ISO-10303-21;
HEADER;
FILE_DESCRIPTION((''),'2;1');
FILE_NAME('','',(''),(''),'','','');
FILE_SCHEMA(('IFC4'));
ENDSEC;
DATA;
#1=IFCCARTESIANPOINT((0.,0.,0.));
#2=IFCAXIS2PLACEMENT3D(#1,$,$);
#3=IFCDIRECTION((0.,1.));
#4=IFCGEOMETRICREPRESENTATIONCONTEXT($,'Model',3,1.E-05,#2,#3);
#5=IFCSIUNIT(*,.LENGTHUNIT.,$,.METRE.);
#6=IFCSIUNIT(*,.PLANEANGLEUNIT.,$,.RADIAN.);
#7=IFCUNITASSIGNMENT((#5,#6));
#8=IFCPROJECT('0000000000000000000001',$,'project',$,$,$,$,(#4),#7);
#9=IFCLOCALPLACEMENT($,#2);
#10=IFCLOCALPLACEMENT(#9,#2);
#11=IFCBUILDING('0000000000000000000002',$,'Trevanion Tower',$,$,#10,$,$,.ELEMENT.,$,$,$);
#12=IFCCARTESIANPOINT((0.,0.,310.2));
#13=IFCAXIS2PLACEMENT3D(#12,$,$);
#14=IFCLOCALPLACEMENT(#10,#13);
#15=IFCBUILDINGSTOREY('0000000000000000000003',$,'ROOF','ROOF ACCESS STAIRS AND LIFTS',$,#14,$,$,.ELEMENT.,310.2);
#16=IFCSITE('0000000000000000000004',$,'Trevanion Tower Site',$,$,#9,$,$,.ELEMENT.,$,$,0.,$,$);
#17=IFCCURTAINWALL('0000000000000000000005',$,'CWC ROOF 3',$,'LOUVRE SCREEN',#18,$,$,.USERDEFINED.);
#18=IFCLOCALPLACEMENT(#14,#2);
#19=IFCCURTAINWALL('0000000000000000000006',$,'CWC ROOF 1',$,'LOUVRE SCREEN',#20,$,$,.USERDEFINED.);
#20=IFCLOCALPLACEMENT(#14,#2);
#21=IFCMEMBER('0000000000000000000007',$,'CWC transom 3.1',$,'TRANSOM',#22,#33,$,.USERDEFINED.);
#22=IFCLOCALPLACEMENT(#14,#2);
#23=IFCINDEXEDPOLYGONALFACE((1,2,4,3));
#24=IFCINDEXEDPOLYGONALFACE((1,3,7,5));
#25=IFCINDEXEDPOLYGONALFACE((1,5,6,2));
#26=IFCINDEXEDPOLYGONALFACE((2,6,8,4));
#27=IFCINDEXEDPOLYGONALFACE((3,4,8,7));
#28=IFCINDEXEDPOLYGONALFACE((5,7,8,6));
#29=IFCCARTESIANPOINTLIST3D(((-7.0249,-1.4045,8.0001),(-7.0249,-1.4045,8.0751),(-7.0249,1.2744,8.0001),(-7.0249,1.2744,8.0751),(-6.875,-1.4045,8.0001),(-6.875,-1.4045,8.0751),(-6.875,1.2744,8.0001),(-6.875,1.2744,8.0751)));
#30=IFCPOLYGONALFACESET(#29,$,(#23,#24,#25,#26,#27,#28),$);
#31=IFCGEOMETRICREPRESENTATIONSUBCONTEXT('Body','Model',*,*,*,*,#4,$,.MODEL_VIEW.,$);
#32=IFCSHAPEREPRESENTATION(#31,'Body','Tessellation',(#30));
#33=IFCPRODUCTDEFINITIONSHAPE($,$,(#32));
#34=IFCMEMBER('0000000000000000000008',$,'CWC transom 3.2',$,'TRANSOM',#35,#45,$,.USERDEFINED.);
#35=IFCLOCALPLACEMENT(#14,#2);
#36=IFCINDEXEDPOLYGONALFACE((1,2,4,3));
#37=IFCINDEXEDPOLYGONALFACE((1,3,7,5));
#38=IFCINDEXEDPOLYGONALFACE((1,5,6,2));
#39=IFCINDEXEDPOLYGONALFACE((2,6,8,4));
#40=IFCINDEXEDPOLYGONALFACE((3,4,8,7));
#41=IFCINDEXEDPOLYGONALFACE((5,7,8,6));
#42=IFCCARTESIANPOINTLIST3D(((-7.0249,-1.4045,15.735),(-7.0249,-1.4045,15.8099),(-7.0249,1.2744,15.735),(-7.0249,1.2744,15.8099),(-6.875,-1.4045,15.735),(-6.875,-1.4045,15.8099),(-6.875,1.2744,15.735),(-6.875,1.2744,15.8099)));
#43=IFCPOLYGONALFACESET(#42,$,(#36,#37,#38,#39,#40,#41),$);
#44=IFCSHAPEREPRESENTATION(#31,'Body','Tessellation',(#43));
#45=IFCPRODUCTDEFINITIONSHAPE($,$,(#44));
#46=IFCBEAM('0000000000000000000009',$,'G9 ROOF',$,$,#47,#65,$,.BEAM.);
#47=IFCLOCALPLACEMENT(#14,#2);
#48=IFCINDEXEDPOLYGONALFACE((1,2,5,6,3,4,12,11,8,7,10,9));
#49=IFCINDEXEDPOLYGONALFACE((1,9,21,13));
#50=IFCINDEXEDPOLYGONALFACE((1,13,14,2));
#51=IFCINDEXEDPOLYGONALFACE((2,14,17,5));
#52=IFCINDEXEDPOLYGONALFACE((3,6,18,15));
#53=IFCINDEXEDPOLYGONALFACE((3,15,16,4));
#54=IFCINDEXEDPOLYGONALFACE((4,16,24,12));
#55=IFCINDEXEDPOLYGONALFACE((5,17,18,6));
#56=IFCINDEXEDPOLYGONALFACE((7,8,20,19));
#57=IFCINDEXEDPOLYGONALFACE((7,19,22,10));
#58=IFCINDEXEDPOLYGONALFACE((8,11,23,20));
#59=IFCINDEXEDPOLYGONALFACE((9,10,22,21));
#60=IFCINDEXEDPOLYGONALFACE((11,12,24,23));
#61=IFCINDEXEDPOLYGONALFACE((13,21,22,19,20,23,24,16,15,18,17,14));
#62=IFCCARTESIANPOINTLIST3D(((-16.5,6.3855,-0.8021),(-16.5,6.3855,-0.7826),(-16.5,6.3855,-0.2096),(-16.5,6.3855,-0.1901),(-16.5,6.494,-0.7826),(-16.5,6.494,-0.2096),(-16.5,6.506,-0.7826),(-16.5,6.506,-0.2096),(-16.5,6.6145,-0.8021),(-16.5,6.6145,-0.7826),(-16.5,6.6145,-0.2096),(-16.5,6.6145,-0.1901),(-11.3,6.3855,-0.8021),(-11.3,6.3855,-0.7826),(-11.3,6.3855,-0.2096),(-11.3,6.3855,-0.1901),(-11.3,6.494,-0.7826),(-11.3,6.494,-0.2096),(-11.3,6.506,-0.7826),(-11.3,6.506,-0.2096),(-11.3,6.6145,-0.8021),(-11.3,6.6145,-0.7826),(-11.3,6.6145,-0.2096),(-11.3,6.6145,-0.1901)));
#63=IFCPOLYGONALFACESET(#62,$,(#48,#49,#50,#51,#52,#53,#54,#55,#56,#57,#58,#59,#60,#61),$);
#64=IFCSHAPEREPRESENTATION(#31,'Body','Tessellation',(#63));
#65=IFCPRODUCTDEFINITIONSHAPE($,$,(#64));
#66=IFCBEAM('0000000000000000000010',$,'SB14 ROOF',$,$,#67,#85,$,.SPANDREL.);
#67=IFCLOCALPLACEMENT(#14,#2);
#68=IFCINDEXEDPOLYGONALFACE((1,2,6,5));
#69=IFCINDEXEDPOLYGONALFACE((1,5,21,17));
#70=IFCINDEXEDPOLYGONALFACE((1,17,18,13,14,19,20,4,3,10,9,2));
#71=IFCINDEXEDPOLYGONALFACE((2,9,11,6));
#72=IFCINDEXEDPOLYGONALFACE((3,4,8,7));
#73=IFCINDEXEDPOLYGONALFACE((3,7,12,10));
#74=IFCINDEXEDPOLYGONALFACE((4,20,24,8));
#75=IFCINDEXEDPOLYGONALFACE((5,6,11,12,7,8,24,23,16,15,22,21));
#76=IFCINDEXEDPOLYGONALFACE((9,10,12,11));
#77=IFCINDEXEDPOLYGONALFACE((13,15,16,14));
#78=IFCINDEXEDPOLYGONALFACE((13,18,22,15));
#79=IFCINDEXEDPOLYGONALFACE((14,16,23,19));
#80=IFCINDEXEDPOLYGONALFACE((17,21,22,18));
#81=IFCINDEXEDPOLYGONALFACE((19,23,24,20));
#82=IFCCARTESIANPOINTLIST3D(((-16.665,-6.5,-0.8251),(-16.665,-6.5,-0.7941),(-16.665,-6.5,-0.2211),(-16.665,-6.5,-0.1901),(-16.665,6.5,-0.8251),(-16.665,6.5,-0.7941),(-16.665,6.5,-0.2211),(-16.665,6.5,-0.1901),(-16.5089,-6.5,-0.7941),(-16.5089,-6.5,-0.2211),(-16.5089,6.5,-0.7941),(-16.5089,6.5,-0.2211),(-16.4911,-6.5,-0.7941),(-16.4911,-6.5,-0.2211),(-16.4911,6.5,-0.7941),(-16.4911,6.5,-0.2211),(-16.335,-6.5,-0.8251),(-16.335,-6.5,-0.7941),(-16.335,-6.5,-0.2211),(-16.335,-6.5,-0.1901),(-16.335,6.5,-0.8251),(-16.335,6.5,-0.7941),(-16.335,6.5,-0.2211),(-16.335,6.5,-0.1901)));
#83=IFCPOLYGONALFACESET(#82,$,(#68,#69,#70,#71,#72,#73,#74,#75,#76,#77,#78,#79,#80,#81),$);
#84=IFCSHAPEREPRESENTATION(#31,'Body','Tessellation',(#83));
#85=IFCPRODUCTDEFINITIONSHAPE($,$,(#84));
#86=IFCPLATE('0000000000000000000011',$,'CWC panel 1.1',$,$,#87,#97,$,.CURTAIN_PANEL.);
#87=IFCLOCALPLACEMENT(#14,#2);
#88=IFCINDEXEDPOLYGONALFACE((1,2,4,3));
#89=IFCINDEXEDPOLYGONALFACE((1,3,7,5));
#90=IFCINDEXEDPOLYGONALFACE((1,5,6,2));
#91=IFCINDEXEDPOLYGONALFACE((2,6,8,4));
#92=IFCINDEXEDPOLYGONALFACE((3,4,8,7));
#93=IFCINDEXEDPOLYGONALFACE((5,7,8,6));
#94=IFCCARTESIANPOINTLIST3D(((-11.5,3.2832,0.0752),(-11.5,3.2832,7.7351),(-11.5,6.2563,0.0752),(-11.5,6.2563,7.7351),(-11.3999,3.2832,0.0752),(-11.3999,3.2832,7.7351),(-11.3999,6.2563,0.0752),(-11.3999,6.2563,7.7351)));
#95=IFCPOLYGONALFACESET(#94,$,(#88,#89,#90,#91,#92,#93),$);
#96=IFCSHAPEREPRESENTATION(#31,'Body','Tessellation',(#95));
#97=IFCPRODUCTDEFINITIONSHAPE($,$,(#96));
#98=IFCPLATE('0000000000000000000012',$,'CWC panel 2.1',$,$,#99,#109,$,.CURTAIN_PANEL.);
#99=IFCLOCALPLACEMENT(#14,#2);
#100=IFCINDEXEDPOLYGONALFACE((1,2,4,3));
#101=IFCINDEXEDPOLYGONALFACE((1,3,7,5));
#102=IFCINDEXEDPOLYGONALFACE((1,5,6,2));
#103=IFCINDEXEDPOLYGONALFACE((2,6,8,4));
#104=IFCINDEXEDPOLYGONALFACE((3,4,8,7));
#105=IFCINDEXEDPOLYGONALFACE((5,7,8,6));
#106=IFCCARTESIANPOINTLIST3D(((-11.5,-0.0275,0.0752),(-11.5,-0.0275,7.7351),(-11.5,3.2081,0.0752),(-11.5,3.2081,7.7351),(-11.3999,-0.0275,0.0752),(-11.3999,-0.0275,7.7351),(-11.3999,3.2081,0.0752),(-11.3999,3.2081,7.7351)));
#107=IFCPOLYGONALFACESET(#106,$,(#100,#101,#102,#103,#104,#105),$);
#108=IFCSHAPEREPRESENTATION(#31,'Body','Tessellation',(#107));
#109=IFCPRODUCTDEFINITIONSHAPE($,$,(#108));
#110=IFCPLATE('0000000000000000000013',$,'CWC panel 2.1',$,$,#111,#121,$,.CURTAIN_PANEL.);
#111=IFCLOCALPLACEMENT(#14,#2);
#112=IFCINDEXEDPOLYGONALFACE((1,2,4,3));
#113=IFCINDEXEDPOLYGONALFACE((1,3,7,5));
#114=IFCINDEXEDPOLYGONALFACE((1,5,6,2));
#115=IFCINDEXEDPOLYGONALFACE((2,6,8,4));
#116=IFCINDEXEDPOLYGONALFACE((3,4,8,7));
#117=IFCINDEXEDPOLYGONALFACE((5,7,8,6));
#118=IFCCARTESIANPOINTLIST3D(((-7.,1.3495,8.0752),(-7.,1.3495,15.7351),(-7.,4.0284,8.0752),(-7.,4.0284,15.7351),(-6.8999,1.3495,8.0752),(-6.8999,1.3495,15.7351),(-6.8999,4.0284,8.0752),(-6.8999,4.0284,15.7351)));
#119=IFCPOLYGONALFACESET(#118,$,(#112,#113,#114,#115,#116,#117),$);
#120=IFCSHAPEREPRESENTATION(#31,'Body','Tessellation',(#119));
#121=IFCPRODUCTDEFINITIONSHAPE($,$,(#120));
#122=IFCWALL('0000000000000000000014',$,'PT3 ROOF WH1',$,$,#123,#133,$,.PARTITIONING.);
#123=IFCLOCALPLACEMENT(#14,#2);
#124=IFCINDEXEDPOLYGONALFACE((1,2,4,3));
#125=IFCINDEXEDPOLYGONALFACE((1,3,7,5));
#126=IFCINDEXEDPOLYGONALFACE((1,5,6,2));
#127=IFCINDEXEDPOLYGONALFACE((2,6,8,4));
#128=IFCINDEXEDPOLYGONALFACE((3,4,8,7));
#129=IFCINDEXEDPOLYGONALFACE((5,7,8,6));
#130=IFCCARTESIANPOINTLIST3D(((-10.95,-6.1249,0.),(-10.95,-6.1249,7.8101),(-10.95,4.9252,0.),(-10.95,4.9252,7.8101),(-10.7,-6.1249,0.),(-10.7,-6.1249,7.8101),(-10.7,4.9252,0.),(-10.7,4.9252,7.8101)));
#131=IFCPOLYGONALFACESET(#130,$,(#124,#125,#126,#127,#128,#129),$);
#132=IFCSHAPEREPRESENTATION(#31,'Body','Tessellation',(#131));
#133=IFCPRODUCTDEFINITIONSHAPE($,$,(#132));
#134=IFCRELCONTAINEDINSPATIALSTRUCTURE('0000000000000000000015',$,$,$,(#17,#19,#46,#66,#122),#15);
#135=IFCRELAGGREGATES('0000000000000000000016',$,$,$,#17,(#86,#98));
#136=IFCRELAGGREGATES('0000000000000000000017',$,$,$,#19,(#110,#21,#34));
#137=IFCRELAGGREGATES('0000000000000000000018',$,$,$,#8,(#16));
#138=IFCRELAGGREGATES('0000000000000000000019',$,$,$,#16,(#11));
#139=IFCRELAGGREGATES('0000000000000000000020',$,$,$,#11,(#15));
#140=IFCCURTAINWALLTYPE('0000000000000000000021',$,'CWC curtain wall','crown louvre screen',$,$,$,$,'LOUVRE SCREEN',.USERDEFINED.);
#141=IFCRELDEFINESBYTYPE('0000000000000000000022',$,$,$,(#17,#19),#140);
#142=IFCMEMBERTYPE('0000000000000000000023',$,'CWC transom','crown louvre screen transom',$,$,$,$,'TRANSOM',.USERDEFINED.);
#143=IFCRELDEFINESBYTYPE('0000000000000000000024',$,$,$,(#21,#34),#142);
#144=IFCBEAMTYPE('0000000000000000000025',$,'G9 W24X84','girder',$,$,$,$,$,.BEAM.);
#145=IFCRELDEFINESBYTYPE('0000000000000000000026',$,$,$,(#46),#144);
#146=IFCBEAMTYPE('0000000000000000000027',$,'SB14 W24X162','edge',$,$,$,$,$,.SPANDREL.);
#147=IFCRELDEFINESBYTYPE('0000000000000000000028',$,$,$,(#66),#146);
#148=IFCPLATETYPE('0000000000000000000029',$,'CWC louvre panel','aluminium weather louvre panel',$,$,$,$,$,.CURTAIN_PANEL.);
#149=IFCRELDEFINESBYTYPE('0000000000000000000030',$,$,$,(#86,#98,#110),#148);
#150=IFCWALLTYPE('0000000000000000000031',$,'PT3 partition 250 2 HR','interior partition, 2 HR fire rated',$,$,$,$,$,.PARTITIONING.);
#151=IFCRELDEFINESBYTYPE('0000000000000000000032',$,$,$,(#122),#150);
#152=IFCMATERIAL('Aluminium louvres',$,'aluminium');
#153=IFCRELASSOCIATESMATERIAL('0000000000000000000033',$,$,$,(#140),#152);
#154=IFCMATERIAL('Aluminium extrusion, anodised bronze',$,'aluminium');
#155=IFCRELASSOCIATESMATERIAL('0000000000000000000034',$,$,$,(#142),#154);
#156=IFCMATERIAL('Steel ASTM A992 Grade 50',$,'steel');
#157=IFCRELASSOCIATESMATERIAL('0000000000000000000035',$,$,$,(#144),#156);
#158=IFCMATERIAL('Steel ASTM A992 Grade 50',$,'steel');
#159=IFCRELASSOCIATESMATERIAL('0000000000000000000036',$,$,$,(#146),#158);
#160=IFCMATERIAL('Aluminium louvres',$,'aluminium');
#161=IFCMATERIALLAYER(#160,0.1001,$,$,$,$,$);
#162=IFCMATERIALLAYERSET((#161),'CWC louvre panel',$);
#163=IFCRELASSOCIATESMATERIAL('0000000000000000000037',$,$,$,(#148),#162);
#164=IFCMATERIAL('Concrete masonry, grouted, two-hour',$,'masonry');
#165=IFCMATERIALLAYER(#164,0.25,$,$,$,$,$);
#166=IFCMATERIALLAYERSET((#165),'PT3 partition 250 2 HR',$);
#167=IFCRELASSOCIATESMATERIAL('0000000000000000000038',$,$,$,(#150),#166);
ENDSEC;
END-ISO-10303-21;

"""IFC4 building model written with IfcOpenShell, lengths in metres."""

from ifc_helpers import new_model, si_unit, direction, frame, frame_2d, origin, origin_2d, place, context, subcontext, project, spatial, rectangle, i_section, extrude, material, layer, layer_set, material_profile, profile_set, type_object, element, aggregate, save


model = new_model("IFC4")

# Units and contexts
model_context = context("Model", 3, precision=1e-05, world=origin(), true_north=direction((0.0, 1.0)))
body_context = subcontext(model_context, "Body", "Model", "MODEL_VIEW")
ifc_project = project(units=[si_unit("LENGTHUNIT", "METRE"), si_unit("PLANEANGLEUNIT", "RADIAN")], contexts=[model_context])

# Site, building, storey
site_placement = place(None, origin())
site = spatial("IfcSite", under=ifc_project, at=site_placement, Name="Trevanion Tower Site", CompositionType="ELEMENT", RefElevation=0.0)
building_placement = place(site_placement, origin())
building = spatial("IfcBuilding", under=site, at=building_placement, Name="Trevanion Tower", CompositionType="ELEMENT")
storey_placement = place(building_placement, frame((0.0, 0.0, 310.2)))
storey = spatial("IfcBuildingStorey", under=building, at=storey_placement, Name="ROOF", Description="ROOF ACCESS STAIRS AND LIFTS", CompositionType="ELEMENT", Elevation=310.2)

# Curtain walls
ifc_material_1 = material(Name="Aluminium louvres", Category="aluminium")
curtain_wall_type = type_object("IfcCurtainWallType", Name="CWC curtain wall", Description="crown louvre screen", ElementType="LOUVRE SCREEN", PredefinedType="USERDEFINED", material=ifc_material_1)
curtain_wall_1_placement = place(storey_placement, origin())
curtain_wall_1 = element("IfcCurtainWall", 1, at=curtain_wall_1_placement, inside=storey, type_object=curtain_wall_type, Name="CWC ROOF 3", ObjectType="LOUVRE SCREEN", PredefinedType="USERDEFINED")
curtain_wall_2_placement = place(storey_placement, origin())
curtain_wall_2 = element("IfcCurtainWall", 2, at=curtain_wall_2_placement, inside=storey, type_object=curtain_wall_type, Name="CWC ROOF 1", ObjectType="LOUVRE SCREEN", PredefinedType="USERDEFINED")

# Members
ifc_material_2 = material(Name="Aluminium extrusion, anodised bronze", Category="aluminium")
ifc_material_profile_1 = material_profile(ifc_material_2, rectangle(XDim=0.1499, YDim=0.075, at=origin_2d()), Name="CWC transom")
ifc_profile_set_1 = profile_set([ifc_material_profile_1], Name="Aluminium extrusion, anodised bronze")
member_type_1 = type_object("IfcMemberType", Name="CWC transom", Description="crown louvre screen transom", ElementType="TRANSOM", PredefinedType="USERDEFINED", material=ifc_profile_set_1)
member_1_placement = place(storey_placement, frame((-6.95, 1.2744, 8.0376), z_axis=(0.0, -1.0, 0.0), x_axis=(1.0, 0.0, 0.0)))
member_1 = element("IfcMember", 3, at=member_1_placement, type_object=member_type_1, Name="CWC transom 3.1", ObjectType="TRANSOM", PredefinedType="USERDEFINED", context=body_context, shape_type="SweptSolid", body=[
    extrude(rectangle(XDim=0.1499, YDim=0.075, at=origin_2d()), origin(), (0.0, 0.0, 1.0), 2.679),
])
member_2_placement = place(storey_placement, frame((-6.95, 1.2744, 15.7725), z_axis=(0.0, -1.0, 0.0), x_axis=(1.0, 0.0, 0.0)))
member_2 = element("IfcMember", 4, at=member_2_placement, type_object=member_type_1, Name="CWC transom 3.2", ObjectType="TRANSOM", PredefinedType="USERDEFINED", context=body_context, shape_type="SweptSolid", body=[
    extrude(rectangle(XDim=0.1499, YDim=0.075, at=origin_2d()), origin(), (0.0, 0.0, 1.0), 2.679),
])

# Beams
ifc_material_3 = material(Name="Steel ASTM A992 Grade 50", Category="steel")
ifc_material_profile_2 = material_profile(ifc_material_3, i_section(OverallWidth=0.229, OverallDepth=0.6121, WebThickness=0.012, FlangeThickness=0.0195, at=origin_2d()), Name="W24X84")
ifc_profile_set_2 = profile_set([ifc_material_profile_2], Name="Steel ASTM A992 Grade 50")
beam_type_1 = type_object("IfcBeamType", Name="G9 W24X84", Description="girder", PredefinedType="BEAM", material=ifc_profile_set_2)
beam_1_placement = place(storey_placement, frame((-11.3, 6.5, -0.4961), z_axis=(-1.0, 0.0, 0.0), x_axis=(0.0, -1.0, 0.0)))
element("IfcBeam", 5, at=beam_1_placement, inside=storey, type_object=beam_type_1, Name="G9 ROOF", PredefinedType="BEAM", context=body_context, shape_type="SweptSolid", body=[
    extrude(i_section(OverallWidth=0.229, OverallDepth=0.6121, WebThickness=0.012, FlangeThickness=0.0195, at=origin_2d()), origin(), (0.0, 0.0, 1.0), 5.2),
])
ifc_material_4 = material(Name="Steel ASTM A992 Grade 50", Category="steel")
ifc_material_profile_3 = material_profile(ifc_material_4, i_section(OverallWidth=0.3301, OverallDepth=0.635, WebThickness=0.0178, FlangeThickness=0.031, at=origin_2d()), Name="W24X162")
ifc_profile_set_3 = profile_set([ifc_material_profile_3], Name="Steel ASTM A992 Grade 50")
beam_type_2 = type_object("IfcBeamType", Name="SB14 W24X162", Description="edge", PredefinedType="SPANDREL", material=ifc_profile_set_3)
beam_2_placement = place(storey_placement, frame((-16.5, 6.5, -0.5076), z_axis=(0.0, -1.0, 0.0), x_axis=(1.0, 0.0, 0.0)))
element("IfcBeam", 6, at=beam_2_placement, inside=storey, type_object=beam_type_2, Name="SB14 ROOF", PredefinedType="SPANDREL", context=body_context, shape_type="SweptSolid", body=[
    extrude(i_section(OverallWidth=0.3301, OverallDepth=0.635, WebThickness=0.0178, FlangeThickness=0.031, at=origin_2d()), origin(), (0.0, 0.0, 1.0), 13.0),
])

# Plates
ifc_material_5 = material(Name="Aluminium louvres", Category="aluminium")
ifc_layer_1 = layer(ifc_material_5, 0.1001)
ifc_layer_set_1 = layer_set([ifc_layer_1], Name="CWC louvre panel")
plate_type = type_object("IfcPlateType", Name="CWC louvre panel", Description="aluminium weather louvre panel", PredefinedType="CURTAIN_PANEL", material=ifc_layer_set_1)
plate_1_placement = place(storey_placement, frame((-11.45, 4.7698, 0.0752), z_axis=(0.0, 0.0, 1.0), x_axis=(0.0, -1.0, 0.0)))
plate_1 = element("IfcPlate", 7, at=plate_1_placement, type_object=plate_type, Name="CWC panel 1.1", PredefinedType="CURTAIN_PANEL", context=body_context, shape_type="SweptSolid", body=[
    extrude(rectangle(XDim=2.9731, YDim=0.1001, at=origin_2d()), origin(), (0.0, 0.0, 1.0), 7.6599),
])
plate_2_placement = place(storey_placement, frame((-11.45, 1.5903, 0.0752), z_axis=(0.0, 0.0, 1.0), x_axis=(0.0, -1.0, 0.0)))
plate_2 = element("IfcPlate", 8, at=plate_2_placement, type_object=plate_type, Name="CWC panel 2.1", PredefinedType="CURTAIN_PANEL", context=body_context, shape_type="SweptSolid", body=[
    extrude(rectangle(XDim=3.2356, YDim=0.1001, at=origin_2d()), origin(), (0.0, 0.0, 1.0), 7.6599),
])
aggregate(curtain_wall_1, [plate_1, plate_2])
plate_3_placement = place(storey_placement, frame((-6.95, 2.689, 8.0752), z_axis=(0.0, 0.0, 1.0), x_axis=(0.0, -1.0, 0.0)))
plate_3 = element("IfcPlate", 9, at=plate_3_placement, type_object=plate_type, Name="CWC panel 2.1", PredefinedType="CURTAIN_PANEL", context=body_context, shape_type="SweptSolid", body=[
    extrude(rectangle(XDim=2.679, YDim=0.1001, at=origin_2d()), origin(), (0.0, 0.0, 1.0), 7.6599),
])
aggregate(curtain_wall_2, [plate_3, member_1, member_2])

# Wall
ifc_material_6 = material(Name="Concrete masonry, grouted, two-hour", Category="masonry")
ifc_layer_2 = layer(ifc_material_6, 0.25)
ifc_layer_set_2 = layer_set([ifc_layer_2], Name="PT3 partition 250 2 HR")
wall_type = type_object("IfcWallType", Name="PT3 partition 250 2 HR", Description="interior partition, 2 HR fire rated", PredefinedType="PARTITIONING", material=ifc_layer_set_2)
wall_placement = place(storey_placement, frame((-10.825, 4.925, 0.0), z_axis=(0.0, 0.0, 1.0), x_axis=(0.0, -1.0, 0.0)))
element("IfcWall", 10, at=wall_placement, inside=storey, type_object=wall_type, Name="PT3 ROOF WH1", PredefinedType="PARTITIONING", context=body_context, shape_type="SweptSolid", body=[
    extrude(rectangle(XDim=11.05, YDim=0.25, at=frame_2d((5.5249, 0.0))), origin(), (0.0, 0.0, 1.0), 7.8101),
])

save(model, "model.ifc")
